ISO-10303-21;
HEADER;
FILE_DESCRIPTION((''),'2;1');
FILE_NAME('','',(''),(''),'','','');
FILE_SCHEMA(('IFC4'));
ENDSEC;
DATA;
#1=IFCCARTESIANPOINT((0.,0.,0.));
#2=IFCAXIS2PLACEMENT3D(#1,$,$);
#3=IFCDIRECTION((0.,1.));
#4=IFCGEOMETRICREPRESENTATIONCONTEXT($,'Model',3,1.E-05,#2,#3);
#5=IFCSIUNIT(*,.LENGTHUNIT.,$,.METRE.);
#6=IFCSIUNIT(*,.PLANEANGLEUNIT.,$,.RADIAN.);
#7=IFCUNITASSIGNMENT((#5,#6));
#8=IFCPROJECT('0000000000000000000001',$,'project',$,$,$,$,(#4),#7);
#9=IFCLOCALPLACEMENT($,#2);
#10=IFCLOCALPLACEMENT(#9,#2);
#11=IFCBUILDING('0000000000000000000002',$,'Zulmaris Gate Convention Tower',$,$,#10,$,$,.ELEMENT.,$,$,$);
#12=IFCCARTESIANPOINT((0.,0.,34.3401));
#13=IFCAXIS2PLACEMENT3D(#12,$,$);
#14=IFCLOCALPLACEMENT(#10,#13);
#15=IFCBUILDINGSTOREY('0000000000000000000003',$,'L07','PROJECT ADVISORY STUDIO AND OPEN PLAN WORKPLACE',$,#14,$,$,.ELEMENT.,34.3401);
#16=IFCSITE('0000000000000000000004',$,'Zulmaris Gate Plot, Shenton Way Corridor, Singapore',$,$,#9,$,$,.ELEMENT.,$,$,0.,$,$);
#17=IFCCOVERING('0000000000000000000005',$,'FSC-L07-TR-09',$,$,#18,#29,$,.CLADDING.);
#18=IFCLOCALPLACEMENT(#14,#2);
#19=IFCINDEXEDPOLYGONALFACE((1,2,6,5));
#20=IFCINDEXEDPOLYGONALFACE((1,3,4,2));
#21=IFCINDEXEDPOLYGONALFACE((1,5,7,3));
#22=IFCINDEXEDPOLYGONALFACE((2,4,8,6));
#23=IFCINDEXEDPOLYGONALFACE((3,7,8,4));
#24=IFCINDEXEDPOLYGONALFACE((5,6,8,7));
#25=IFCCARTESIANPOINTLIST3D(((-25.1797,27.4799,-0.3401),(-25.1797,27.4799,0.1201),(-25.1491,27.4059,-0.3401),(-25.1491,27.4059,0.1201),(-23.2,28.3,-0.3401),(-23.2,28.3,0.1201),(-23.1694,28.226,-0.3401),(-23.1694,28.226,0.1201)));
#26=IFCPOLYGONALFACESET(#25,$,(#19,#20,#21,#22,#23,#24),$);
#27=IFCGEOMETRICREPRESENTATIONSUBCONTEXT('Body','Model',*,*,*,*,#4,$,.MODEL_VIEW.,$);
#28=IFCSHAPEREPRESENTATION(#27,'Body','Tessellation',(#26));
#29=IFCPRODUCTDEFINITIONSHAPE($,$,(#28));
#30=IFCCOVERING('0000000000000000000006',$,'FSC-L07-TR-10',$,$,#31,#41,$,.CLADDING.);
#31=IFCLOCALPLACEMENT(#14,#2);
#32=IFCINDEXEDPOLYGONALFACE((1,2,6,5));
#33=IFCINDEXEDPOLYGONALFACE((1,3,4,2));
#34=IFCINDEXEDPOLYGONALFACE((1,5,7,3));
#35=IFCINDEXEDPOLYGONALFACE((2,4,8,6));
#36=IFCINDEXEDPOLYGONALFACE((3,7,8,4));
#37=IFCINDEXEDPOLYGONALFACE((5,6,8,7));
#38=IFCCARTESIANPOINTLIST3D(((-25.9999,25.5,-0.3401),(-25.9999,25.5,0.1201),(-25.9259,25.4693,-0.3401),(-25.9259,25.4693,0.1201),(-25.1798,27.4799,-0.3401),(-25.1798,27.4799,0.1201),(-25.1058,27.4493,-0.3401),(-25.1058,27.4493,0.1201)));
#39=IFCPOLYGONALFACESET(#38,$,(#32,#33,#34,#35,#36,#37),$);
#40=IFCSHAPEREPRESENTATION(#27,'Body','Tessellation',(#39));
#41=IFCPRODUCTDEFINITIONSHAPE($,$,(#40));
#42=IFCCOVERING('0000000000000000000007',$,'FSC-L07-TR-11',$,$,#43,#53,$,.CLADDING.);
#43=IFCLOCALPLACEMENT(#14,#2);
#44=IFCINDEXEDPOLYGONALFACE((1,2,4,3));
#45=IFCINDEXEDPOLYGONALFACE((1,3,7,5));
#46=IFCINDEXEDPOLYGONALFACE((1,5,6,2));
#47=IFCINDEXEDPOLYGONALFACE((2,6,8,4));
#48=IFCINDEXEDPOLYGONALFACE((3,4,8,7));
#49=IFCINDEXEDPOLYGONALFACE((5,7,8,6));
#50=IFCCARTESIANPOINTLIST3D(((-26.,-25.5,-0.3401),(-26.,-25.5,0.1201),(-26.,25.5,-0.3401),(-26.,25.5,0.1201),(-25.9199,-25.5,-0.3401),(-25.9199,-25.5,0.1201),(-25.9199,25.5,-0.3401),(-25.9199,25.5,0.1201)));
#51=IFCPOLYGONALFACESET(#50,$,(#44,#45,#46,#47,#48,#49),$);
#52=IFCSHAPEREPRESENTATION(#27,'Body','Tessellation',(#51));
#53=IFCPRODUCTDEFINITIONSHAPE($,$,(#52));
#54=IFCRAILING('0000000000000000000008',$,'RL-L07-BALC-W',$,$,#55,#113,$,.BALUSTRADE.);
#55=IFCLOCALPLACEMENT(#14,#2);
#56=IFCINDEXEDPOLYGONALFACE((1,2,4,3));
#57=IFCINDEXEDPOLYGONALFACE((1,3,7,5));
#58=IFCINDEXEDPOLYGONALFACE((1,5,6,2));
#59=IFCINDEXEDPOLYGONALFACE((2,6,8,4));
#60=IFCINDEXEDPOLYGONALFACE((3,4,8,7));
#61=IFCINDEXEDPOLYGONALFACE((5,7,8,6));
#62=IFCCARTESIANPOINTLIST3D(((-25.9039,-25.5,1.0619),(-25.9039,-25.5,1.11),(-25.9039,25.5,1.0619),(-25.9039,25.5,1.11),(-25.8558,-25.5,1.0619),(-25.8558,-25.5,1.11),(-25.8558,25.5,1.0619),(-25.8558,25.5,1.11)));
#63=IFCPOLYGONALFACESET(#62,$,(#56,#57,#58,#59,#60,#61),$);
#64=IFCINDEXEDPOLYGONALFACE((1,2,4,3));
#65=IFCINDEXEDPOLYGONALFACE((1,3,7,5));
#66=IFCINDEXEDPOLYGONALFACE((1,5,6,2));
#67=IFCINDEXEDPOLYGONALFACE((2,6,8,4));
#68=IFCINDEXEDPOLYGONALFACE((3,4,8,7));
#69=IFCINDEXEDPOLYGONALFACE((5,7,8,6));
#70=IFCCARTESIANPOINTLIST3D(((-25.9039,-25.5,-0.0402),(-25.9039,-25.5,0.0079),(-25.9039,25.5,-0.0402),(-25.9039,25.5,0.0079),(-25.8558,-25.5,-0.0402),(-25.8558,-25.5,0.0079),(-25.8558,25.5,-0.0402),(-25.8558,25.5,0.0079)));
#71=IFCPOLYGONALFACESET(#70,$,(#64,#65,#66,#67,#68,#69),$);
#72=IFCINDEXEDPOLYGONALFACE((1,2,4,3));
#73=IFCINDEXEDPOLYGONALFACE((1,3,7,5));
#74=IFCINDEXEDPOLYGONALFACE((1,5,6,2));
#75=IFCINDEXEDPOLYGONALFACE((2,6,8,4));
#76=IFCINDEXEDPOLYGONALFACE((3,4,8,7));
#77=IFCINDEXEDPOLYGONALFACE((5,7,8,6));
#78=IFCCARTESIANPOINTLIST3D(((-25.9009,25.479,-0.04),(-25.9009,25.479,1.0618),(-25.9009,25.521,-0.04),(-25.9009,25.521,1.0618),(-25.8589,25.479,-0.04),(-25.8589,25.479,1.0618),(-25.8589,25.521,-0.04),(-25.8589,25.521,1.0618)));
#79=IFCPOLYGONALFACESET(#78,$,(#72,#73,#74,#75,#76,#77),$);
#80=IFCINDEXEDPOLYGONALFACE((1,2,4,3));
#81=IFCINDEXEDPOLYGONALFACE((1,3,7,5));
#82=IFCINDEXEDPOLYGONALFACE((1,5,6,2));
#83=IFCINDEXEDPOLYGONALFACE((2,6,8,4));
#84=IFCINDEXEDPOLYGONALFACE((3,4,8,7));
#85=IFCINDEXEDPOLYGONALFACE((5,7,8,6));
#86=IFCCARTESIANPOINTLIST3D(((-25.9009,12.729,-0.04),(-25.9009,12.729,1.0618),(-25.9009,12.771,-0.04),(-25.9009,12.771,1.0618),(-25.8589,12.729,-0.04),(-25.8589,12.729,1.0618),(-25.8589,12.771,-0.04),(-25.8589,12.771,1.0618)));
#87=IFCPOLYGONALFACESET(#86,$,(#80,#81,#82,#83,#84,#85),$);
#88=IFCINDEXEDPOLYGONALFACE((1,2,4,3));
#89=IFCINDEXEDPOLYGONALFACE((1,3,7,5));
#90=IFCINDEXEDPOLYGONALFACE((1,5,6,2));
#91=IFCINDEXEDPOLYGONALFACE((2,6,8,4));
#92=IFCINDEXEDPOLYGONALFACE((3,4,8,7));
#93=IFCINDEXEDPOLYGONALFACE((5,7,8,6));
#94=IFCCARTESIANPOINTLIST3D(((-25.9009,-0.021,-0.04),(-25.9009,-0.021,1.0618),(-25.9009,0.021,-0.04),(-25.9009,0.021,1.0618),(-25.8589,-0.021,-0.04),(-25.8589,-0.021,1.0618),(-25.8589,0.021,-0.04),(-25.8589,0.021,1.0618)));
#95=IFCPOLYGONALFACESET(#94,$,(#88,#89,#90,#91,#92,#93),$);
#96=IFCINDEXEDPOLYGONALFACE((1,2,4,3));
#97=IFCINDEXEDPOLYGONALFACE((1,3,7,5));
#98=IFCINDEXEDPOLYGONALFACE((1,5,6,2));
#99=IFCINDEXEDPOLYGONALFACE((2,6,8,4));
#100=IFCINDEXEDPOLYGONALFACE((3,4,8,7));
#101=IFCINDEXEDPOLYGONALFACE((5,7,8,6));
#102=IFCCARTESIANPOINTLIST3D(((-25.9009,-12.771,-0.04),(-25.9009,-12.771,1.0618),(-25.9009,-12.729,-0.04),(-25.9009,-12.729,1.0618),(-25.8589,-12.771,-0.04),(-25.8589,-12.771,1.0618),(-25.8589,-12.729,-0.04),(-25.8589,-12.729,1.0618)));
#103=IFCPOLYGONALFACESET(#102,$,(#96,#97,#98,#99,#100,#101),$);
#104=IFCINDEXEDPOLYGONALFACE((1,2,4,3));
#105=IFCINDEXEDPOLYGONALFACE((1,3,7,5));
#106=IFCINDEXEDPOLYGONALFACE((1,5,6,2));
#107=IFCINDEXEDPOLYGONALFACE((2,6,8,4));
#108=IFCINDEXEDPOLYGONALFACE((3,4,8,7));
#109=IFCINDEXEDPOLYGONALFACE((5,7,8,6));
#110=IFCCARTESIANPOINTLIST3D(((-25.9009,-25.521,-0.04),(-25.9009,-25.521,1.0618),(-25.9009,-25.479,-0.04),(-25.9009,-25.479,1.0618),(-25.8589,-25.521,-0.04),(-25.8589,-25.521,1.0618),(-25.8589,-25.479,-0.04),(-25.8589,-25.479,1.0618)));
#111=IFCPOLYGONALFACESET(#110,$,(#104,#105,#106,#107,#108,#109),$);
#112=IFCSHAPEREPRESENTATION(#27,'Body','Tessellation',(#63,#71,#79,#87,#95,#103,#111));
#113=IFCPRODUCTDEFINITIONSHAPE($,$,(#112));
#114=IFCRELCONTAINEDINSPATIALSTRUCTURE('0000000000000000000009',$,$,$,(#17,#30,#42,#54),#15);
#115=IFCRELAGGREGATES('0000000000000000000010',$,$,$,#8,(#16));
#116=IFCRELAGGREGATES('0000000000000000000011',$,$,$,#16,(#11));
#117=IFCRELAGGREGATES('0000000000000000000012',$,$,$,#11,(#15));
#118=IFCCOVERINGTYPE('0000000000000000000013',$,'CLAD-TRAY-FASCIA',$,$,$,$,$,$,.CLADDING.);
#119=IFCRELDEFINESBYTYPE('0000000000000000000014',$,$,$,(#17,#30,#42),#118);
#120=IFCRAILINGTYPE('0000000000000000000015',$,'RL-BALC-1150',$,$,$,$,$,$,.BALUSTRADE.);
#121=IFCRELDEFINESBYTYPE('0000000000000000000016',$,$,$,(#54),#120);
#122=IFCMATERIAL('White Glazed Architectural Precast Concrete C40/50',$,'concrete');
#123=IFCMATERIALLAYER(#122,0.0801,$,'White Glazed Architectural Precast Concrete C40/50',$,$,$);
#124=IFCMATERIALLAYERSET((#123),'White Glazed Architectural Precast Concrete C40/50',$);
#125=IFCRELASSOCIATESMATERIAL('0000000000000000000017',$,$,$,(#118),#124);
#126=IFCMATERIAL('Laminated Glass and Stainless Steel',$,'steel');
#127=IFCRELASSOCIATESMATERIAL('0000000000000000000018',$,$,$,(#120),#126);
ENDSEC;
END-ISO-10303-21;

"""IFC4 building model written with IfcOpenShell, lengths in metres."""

from ifc_helpers import new_model, si_unit, direction, frame, frame_2d, origin, origin_2d, place, context, subcontext, project, spatial, rectangle, extrude, material, layer, layer_set, type_object, element, save


model = new_model("IFC4")

# Units and contexts
model_context = context("Model", 3, precision=1e-05, world=origin(), true_north=direction((0.0, 1.0)))
body_context = subcontext(model_context, "Body", "Model", "MODEL_VIEW")
ifc_project = project(units=[si_unit("LENGTHUNIT", "METRE"), si_unit("PLANEANGLEUNIT", "RADIAN")], contexts=[model_context])

# Site, building, storey
site_placement = place(None, origin())
site = spatial("IfcSite", under=ifc_project, at=site_placement, Name="Zulmaris Gate Plot, Shenton Way Corridor, Singapore", CompositionType="ELEMENT", RefElevation=0.0)
building_placement = place(site_placement, origin())
building = spatial("IfcBuilding", under=site, at=building_placement, Name="Zulmaris Gate Convention Tower", CompositionType="ELEMENT")
storey_placement = place(building_placement, frame((0.0, 0.0, 34.3401)))
storey = spatial("IfcBuildingStorey", under=building, at=storey_placement, Name="L07", Description="PROJECT ADVISORY STUDIO AND OPEN PLAN WORKPLACE", CompositionType="ELEMENT", Elevation=34.3401)

# Coverings
ifc_material_1 = material(Name="White Glazed Architectural Precast Concrete C40/50", Category="concrete")
ifc_layer_1 = layer(ifc_material_1, 0.0801, Name="White Glazed Architectural Precast Concrete C40/50")
ifc_layer_set_1 = layer_set([ifc_layer_1], Name="White Glazed Architectural Precast Concrete C40/50")
covering_type_1 = type_object("IfcCoveringType", Name="CLAD-TRAY-FASCIA", PredefinedType="CLADDING", material=ifc_layer_set_1)
covering_1_placement = place(storey_placement, frame((-23.1848, 28.2629, -0.3401), z_axis=(0.0, 0.0, 1.0), x_axis=(-0.923874, -0.382697, 0.0)))
element("IfcCovering", 1, at=covering_1_placement, inside=storey, type_object=covering_type_1, Name="FSC-L07-TR-09", PredefinedType="CLADDING", context=body_context, shape_type="SweptSolid", body=[
    extrude(rectangle(XDim=2.1428, YDim=0.0801, at=frame_2d((1.0713, 0.0))), origin(), (0.0, 0.0, 1.0), 0.4602),
])
covering_2_placement = place(storey_placement, frame((-25.1428, 27.4646, -0.3401), z_axis=(0.0, 0.0, 1.0), x_axis=(-0.382657, -0.92389, 0.0)))
element("IfcCovering", 2, at=covering_2_placement, inside=storey, type_object=covering_type_1, Name="FSC-L07-TR-10", PredefinedType="CLADDING", context=body_context, shape_type="SweptSolid", body=[
    extrude(rectangle(XDim=2.1431, YDim=0.0801, at=frame_2d((1.0715, 0.0))), origin(), (0.0, 0.0, 1.0), 0.4602),
])
covering_3_placement = place(storey_placement, frame((-25.96, 25.5, -0.3401), z_axis=(0.0, 0.0, 1.0), x_axis=(0.0, -1.0, 0.0)))
element("IfcCovering", 3, at=covering_3_placement, inside=storey, type_object=covering_type_1, Name="FSC-L07-TR-11", PredefinedType="CLADDING", context=body_context, shape_type="SweptSolid", body=[
    extrude(rectangle(XDim=51.0, YDim=0.0801, at=frame_2d((25.5, 0.0))), origin(), (0.0, 0.0, 1.0), 0.4602),
])

# Railing
ifc_material_2 = material(Name="Laminated Glass and Stainless Steel", Category="steel")
railing_type = type_object("IfcRailingType", Name="RL-BALC-1150", PredefinedType="BALUSTRADE", material=ifc_material_2)
railing_placement = place(storey_placement, frame((-25.8799, 25.5, -0.04)))
element("IfcRailing", 4, at=railing_placement, inside=storey, type_object=railing_type, Name="RL-L07-BALC-W", PredefinedType="BALUSTRADE", context=body_context, shape_type="SweptSolid", body=[
    extrude(rectangle(XDim=0.0481, YDim=0.0481, at=origin_2d()), frame((0.0, 0.0, 1.126), z_axis=(0.0, -1.0, 0.0), x_axis=(1.0, 0.0, 0.0)), (0.0, 0.0, 1.0), 51.0),
    extrude(rectangle(XDim=0.0481, YDim=0.0481, at=origin_2d()), frame((0.0, 0.0, 0.0239), z_axis=(0.0, -1.0, 0.0), x_axis=(1.0, 0.0, 0.0)), (0.0, 0.0, 1.0), 51.0),
    extrude(rectangle(XDim=0.042, YDim=0.042, at=origin_2d()), origin(), (0.0, 0.0, 1.0), 1.1018),
    extrude(rectangle(XDim=0.042, YDim=0.042, at=origin_2d()), frame((0.0, -12.75, 0.0)), (0.0, 0.0, 1.0), 1.1018),
    extrude(rectangle(XDim=0.042, YDim=0.042, at=origin_2d()), frame((0.0, -25.5, 0.0)), (0.0, 0.0, 1.0), 1.1018),
    extrude(rectangle(XDim=0.042, YDim=0.042, at=origin_2d()), frame((0.0, -38.25, 0.0)), (0.0, 0.0, 1.0), 1.1018),
    extrude(rectangle(XDim=0.042, YDim=0.042, at=origin_2d()), frame((0.0, -51.0, 0.0)), (0.0, 0.0, 1.0), 1.1018),
])

save(model, "model.ifc")
